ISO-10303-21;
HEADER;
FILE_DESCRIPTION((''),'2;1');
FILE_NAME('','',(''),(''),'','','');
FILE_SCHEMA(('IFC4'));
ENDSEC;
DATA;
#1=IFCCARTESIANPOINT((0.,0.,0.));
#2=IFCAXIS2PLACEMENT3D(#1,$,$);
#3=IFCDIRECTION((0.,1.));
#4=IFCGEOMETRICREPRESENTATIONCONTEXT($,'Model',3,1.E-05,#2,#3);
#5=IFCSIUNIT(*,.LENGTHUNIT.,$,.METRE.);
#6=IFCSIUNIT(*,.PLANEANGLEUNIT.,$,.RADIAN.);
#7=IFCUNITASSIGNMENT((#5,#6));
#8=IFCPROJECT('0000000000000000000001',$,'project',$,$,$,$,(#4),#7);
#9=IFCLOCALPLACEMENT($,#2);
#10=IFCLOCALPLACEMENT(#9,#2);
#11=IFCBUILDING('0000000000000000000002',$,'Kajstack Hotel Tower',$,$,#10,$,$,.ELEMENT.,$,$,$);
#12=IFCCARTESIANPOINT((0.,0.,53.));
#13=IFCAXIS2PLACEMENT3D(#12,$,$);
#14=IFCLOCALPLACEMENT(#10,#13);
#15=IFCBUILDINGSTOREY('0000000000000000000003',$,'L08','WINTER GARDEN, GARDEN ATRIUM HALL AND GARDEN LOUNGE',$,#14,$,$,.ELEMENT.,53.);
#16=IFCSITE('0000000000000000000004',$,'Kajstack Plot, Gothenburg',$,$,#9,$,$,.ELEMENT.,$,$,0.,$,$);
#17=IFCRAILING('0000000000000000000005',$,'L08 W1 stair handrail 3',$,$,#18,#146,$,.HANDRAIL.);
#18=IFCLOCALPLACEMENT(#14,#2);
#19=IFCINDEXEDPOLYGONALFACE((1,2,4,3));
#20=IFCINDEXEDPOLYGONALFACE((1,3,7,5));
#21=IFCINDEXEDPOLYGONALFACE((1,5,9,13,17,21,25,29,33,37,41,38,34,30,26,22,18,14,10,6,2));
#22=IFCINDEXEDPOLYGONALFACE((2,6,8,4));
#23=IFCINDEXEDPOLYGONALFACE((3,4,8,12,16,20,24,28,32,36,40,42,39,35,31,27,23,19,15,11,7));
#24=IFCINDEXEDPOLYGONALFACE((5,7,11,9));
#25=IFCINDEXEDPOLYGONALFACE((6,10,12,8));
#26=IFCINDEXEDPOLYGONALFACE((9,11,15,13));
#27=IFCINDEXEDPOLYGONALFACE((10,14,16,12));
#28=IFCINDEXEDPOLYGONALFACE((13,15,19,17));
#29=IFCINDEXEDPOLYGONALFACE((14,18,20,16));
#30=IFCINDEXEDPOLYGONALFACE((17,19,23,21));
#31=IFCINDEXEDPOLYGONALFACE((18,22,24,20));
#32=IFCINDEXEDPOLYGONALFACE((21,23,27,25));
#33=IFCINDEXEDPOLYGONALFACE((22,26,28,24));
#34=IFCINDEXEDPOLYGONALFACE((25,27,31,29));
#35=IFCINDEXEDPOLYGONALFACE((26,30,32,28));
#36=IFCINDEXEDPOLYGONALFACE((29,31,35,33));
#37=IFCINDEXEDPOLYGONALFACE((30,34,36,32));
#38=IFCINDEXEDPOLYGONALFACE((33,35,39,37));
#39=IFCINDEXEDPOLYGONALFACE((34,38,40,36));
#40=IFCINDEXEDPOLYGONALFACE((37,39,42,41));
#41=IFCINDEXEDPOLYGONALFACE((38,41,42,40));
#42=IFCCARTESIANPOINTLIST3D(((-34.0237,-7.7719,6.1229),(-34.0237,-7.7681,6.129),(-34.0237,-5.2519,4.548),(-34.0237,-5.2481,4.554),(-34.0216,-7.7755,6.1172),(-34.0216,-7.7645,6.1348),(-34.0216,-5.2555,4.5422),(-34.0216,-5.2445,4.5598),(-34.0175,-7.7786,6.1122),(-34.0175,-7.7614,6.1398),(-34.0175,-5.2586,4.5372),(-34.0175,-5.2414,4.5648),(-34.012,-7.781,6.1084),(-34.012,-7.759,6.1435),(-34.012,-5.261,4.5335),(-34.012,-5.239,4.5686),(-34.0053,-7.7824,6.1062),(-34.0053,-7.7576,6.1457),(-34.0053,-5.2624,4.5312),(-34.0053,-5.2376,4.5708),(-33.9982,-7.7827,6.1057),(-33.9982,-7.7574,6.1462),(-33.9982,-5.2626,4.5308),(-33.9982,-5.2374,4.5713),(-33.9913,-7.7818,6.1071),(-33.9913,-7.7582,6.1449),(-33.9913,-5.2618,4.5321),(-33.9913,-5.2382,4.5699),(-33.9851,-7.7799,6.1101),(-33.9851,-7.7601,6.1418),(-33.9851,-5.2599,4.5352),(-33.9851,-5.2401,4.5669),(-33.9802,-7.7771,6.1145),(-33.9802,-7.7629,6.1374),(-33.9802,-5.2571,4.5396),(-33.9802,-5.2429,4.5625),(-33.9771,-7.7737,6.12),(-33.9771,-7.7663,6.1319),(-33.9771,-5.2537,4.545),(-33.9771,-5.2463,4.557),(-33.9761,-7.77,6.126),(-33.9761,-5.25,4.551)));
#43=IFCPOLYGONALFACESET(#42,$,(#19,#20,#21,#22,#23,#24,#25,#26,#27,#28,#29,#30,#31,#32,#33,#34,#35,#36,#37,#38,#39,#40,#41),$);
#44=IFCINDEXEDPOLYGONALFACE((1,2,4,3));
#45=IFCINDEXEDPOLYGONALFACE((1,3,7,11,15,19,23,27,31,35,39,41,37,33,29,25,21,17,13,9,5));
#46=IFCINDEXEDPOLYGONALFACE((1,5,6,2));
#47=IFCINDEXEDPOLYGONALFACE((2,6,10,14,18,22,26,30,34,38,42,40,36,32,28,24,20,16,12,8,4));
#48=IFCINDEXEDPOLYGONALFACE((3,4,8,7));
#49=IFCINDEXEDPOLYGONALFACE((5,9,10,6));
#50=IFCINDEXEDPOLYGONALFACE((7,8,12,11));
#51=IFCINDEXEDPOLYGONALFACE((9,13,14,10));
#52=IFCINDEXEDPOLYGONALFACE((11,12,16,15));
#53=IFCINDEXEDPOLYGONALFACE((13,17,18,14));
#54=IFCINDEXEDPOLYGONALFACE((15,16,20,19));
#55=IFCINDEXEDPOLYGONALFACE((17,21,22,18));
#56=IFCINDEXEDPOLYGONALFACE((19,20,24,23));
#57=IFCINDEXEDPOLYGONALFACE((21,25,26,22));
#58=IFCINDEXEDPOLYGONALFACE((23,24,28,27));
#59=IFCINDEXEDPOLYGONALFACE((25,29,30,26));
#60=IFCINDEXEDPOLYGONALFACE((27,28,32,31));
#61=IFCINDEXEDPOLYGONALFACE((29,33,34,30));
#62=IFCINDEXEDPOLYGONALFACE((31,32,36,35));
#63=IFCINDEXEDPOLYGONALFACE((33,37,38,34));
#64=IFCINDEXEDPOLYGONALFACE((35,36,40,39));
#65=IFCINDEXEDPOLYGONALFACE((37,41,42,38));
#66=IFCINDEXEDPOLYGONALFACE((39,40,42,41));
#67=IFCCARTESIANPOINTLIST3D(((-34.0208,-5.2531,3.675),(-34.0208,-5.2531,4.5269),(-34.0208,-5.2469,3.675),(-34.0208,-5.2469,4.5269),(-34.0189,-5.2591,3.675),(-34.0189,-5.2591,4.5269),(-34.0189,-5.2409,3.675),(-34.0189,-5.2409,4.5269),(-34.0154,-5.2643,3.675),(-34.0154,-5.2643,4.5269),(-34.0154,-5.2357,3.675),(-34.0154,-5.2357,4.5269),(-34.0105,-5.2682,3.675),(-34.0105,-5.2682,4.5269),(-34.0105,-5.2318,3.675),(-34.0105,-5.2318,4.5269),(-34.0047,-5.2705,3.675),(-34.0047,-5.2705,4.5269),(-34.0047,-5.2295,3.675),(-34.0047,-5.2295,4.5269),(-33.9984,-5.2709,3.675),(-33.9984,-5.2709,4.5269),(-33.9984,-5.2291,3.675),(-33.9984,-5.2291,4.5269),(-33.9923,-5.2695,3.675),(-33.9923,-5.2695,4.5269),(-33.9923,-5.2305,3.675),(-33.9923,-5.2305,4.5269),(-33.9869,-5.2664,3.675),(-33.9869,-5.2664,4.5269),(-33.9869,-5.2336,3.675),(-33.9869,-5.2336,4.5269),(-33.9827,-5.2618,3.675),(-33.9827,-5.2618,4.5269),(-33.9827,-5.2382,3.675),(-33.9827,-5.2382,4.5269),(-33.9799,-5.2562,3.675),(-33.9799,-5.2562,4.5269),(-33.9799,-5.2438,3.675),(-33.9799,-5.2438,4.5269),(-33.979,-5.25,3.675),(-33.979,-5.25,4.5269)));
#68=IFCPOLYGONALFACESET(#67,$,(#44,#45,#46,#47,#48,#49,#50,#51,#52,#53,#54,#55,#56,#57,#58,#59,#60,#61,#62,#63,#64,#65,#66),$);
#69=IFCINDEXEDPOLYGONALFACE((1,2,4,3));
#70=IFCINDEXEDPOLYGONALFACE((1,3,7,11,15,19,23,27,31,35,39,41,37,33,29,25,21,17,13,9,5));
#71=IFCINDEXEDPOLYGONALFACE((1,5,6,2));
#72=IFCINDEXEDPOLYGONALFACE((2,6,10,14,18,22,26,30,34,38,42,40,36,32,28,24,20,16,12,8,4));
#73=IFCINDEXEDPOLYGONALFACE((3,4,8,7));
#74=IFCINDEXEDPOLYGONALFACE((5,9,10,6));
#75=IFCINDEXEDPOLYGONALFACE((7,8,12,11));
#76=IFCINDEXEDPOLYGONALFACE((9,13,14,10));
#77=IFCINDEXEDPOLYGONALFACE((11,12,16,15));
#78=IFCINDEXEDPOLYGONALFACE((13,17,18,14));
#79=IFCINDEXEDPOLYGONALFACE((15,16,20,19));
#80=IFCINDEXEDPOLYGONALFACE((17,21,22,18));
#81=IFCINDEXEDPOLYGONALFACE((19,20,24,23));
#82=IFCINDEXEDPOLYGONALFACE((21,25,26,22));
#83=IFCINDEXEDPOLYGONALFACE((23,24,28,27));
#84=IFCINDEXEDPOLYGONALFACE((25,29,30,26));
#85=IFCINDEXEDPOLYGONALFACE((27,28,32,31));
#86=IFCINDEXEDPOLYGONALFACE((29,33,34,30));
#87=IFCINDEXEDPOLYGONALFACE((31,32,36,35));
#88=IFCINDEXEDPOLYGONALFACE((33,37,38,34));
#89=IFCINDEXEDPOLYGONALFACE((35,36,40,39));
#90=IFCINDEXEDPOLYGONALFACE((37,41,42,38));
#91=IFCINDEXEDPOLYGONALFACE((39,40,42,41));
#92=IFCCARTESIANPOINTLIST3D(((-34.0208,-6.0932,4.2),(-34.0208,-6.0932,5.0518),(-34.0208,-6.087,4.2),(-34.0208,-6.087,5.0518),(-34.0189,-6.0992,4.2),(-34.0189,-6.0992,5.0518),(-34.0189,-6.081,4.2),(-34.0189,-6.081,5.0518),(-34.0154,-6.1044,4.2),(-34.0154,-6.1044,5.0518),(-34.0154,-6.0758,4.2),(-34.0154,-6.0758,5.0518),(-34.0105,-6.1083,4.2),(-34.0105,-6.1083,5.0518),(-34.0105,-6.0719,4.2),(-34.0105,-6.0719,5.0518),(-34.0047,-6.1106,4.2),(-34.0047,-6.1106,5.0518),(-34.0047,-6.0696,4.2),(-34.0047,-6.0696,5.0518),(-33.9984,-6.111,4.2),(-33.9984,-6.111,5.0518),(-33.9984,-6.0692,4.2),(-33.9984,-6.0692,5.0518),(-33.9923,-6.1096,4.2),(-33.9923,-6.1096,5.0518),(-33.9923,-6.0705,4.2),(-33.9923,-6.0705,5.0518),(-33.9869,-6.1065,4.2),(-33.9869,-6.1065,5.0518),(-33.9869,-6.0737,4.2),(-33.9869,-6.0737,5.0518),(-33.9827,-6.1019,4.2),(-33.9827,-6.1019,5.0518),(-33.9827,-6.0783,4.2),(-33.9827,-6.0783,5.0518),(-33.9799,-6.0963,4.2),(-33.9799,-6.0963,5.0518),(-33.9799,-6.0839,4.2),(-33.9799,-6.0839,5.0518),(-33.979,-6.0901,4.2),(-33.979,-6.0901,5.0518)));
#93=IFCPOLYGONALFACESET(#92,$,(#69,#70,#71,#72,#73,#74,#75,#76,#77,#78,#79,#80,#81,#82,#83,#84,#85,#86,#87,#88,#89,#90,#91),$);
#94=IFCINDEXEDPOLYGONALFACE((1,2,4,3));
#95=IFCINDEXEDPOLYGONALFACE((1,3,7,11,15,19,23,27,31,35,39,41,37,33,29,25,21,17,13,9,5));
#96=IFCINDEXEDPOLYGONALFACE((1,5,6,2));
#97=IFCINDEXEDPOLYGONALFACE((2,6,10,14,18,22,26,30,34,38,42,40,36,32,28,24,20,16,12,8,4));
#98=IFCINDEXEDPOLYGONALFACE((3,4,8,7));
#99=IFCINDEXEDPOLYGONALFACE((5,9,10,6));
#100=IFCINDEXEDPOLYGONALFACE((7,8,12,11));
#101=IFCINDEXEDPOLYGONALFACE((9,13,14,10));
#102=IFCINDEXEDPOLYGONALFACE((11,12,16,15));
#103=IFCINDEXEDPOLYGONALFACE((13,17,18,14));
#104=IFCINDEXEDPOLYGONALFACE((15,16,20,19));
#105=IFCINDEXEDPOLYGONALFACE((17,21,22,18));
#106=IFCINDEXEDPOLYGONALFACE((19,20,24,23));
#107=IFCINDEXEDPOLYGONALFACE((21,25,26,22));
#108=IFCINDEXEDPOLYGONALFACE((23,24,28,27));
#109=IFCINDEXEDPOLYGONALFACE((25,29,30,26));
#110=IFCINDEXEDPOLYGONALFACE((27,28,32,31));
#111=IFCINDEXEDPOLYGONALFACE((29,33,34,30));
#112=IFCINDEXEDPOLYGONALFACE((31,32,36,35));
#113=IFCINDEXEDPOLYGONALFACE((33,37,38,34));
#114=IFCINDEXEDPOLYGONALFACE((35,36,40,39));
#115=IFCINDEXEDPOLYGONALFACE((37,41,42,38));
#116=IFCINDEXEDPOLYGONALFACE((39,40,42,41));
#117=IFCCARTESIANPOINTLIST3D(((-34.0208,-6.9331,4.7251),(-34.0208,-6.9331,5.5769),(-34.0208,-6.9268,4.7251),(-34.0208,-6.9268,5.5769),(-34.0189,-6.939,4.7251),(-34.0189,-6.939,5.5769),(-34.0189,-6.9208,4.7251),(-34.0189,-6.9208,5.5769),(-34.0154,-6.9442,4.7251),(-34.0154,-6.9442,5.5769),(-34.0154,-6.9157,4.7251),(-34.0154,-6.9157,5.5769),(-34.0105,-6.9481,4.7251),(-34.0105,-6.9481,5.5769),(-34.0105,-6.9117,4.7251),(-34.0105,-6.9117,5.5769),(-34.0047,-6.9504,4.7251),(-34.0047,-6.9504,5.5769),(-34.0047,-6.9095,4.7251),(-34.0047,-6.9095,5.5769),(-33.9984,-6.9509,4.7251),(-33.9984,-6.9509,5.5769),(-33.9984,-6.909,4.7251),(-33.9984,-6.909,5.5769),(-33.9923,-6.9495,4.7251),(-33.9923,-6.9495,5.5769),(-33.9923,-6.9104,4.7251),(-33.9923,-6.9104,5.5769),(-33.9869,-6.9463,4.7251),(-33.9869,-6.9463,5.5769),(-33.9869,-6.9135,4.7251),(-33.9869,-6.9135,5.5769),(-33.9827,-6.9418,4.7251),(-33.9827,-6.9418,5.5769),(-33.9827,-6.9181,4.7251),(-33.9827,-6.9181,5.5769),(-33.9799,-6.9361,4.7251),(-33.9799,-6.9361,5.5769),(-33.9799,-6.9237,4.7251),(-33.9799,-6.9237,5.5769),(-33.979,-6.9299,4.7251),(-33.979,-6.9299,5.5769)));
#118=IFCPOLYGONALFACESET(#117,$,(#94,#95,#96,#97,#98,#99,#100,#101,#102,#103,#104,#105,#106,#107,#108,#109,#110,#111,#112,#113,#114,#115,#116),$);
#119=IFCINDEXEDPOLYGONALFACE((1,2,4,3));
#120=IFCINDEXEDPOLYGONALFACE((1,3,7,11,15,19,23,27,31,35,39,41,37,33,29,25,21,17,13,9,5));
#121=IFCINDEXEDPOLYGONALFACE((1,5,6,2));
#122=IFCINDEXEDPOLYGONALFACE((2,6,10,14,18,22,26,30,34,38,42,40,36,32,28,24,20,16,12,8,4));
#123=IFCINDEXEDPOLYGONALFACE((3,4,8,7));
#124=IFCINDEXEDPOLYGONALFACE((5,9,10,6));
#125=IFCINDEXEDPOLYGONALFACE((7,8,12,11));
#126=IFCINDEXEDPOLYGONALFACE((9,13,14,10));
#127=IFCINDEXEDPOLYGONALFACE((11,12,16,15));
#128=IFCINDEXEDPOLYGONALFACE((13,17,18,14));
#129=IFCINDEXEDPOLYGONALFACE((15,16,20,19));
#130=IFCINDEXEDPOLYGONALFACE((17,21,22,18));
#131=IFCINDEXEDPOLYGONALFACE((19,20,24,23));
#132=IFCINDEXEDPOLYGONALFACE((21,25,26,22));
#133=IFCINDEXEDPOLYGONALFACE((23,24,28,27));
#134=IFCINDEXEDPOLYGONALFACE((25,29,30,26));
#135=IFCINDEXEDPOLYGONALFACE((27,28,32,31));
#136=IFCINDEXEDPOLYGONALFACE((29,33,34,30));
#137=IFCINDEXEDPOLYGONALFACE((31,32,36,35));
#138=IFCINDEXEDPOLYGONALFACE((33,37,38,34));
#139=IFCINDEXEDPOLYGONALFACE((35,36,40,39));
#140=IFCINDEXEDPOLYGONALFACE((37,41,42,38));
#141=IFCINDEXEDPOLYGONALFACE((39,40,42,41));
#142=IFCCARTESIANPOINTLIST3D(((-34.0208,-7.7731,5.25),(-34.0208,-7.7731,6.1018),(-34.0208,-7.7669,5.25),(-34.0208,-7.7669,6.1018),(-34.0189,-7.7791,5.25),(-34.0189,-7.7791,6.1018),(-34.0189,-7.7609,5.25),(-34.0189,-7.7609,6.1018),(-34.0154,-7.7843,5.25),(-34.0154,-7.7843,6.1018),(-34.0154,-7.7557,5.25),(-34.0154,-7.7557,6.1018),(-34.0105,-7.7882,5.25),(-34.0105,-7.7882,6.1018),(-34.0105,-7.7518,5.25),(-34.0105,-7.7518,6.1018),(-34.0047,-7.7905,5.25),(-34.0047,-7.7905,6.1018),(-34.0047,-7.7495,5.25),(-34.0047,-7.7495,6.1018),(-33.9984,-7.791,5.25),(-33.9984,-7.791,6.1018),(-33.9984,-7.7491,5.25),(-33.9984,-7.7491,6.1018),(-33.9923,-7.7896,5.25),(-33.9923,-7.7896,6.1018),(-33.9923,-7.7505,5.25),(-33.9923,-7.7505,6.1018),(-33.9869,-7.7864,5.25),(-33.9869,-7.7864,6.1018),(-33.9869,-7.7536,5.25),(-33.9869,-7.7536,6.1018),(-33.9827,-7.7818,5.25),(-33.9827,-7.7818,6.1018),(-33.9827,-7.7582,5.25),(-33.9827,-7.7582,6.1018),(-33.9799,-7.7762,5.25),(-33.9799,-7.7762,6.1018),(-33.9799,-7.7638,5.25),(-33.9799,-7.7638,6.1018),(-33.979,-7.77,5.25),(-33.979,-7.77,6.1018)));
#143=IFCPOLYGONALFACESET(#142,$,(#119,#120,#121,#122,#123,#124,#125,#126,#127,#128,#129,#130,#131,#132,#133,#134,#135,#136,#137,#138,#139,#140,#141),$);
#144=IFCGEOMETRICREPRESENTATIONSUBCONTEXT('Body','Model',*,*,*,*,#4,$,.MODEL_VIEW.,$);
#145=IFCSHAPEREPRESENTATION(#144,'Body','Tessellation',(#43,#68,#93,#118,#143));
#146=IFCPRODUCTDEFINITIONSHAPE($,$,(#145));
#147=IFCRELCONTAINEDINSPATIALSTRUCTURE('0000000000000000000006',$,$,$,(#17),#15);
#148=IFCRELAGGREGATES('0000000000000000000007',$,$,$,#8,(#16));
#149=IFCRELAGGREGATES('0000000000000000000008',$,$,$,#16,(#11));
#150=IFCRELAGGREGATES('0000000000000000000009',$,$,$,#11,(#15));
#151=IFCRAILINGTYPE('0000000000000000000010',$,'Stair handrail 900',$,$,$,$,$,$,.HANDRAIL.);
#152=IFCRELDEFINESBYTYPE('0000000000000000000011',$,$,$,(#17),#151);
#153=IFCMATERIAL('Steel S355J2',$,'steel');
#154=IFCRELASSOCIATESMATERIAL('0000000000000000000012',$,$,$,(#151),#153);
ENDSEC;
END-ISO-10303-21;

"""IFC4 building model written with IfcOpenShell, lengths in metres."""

from ifc_helpers import new_model, si_unit, direction, frame, origin, origin_2d, place, context, subcontext, project, spatial, circle, extrude, material, type_object, element, save


model = new_model("IFC4")

# Units and contexts
model_context = context("Model", 3, precision=1e-05, world=origin(), true_north=direction((0.0, 1.0)))
body_context = subcontext(model_context, "Body", "Model", "MODEL_VIEW")
ifc_project = project(units=[si_unit("LENGTHUNIT", "METRE"), si_unit("PLANEANGLEUNIT", "RADIAN")], contexts=[model_context])

# Site, building, storey
site_placement = place(None, origin())
site = spatial("IfcSite", under=ifc_project, at=site_placement, Name="Kajstack Plot, Gothenburg", CompositionType="ELEMENT", RefElevation=0.0)
building_placement = place(site_placement, origin())
building = spatial("IfcBuilding", under=site, at=building_placement, Name="Kajstack Hotel Tower", CompositionType="ELEMENT")
storey_placement = place(building_placement, frame((0.0, 0.0, 53.0)))
storey = spatial("IfcBuildingStorey", under=building, at=storey_placement, Name="L08", Description="WINTER GARDEN, GARDEN ATRIUM HALL AND GARDEN LOUNGE", CompositionType="ELEMENT", Elevation=53.0)

# Railing
ifc_material_1 = material(Name="Steel S355J2", Category="steel")
railing_type_1 = type_object("IfcRailingType", Name="Stair handrail 900", PredefinedType="HANDRAIL", material=ifc_material_1)
for number, where, name in (
    (1, (-34.0, -5.25, 3.675), "L08 W1 stair handrail 3"),
):
    element("IfcRailing", number, at=place(storey_placement, frame(where)), inside=storey, type_object=railing_type_1, Name=name, PredefinedType="HANDRAIL", context=body_context, shape_type="SweptSolid", body=[
        extrude(circle(Radius=0.0239, at=origin_2d()), frame((0.0, 0.0, 0.876), z_axis=(0.0, -0.848008, 0.529984), x_axis=(1.0, 0.0, 0.0)), (0.0, 0.0, 1.0), 2.9717),
        extrude(circle(Radius=0.021, at=origin_2d()), origin(), (0.0, 0.0, 1.0), 0.8518),
        extrude(circle(Radius=0.021, at=origin_2d()), frame((0.0, -0.8401, 0.5249)), (0.0, 0.0, 1.0), 0.8518),
        extrude(circle(Radius=0.021, at=origin_2d()), frame((0.0, -1.6799, 1.05)), (0.0, 0.0, 1.0), 0.8518),
        extrude(circle(Radius=0.021, at=origin_2d()), frame((0.0, -2.52, 1.575)), (0.0, 0.0, 1.0), 0.8518),
    ])

save(model, "model.ifc")
